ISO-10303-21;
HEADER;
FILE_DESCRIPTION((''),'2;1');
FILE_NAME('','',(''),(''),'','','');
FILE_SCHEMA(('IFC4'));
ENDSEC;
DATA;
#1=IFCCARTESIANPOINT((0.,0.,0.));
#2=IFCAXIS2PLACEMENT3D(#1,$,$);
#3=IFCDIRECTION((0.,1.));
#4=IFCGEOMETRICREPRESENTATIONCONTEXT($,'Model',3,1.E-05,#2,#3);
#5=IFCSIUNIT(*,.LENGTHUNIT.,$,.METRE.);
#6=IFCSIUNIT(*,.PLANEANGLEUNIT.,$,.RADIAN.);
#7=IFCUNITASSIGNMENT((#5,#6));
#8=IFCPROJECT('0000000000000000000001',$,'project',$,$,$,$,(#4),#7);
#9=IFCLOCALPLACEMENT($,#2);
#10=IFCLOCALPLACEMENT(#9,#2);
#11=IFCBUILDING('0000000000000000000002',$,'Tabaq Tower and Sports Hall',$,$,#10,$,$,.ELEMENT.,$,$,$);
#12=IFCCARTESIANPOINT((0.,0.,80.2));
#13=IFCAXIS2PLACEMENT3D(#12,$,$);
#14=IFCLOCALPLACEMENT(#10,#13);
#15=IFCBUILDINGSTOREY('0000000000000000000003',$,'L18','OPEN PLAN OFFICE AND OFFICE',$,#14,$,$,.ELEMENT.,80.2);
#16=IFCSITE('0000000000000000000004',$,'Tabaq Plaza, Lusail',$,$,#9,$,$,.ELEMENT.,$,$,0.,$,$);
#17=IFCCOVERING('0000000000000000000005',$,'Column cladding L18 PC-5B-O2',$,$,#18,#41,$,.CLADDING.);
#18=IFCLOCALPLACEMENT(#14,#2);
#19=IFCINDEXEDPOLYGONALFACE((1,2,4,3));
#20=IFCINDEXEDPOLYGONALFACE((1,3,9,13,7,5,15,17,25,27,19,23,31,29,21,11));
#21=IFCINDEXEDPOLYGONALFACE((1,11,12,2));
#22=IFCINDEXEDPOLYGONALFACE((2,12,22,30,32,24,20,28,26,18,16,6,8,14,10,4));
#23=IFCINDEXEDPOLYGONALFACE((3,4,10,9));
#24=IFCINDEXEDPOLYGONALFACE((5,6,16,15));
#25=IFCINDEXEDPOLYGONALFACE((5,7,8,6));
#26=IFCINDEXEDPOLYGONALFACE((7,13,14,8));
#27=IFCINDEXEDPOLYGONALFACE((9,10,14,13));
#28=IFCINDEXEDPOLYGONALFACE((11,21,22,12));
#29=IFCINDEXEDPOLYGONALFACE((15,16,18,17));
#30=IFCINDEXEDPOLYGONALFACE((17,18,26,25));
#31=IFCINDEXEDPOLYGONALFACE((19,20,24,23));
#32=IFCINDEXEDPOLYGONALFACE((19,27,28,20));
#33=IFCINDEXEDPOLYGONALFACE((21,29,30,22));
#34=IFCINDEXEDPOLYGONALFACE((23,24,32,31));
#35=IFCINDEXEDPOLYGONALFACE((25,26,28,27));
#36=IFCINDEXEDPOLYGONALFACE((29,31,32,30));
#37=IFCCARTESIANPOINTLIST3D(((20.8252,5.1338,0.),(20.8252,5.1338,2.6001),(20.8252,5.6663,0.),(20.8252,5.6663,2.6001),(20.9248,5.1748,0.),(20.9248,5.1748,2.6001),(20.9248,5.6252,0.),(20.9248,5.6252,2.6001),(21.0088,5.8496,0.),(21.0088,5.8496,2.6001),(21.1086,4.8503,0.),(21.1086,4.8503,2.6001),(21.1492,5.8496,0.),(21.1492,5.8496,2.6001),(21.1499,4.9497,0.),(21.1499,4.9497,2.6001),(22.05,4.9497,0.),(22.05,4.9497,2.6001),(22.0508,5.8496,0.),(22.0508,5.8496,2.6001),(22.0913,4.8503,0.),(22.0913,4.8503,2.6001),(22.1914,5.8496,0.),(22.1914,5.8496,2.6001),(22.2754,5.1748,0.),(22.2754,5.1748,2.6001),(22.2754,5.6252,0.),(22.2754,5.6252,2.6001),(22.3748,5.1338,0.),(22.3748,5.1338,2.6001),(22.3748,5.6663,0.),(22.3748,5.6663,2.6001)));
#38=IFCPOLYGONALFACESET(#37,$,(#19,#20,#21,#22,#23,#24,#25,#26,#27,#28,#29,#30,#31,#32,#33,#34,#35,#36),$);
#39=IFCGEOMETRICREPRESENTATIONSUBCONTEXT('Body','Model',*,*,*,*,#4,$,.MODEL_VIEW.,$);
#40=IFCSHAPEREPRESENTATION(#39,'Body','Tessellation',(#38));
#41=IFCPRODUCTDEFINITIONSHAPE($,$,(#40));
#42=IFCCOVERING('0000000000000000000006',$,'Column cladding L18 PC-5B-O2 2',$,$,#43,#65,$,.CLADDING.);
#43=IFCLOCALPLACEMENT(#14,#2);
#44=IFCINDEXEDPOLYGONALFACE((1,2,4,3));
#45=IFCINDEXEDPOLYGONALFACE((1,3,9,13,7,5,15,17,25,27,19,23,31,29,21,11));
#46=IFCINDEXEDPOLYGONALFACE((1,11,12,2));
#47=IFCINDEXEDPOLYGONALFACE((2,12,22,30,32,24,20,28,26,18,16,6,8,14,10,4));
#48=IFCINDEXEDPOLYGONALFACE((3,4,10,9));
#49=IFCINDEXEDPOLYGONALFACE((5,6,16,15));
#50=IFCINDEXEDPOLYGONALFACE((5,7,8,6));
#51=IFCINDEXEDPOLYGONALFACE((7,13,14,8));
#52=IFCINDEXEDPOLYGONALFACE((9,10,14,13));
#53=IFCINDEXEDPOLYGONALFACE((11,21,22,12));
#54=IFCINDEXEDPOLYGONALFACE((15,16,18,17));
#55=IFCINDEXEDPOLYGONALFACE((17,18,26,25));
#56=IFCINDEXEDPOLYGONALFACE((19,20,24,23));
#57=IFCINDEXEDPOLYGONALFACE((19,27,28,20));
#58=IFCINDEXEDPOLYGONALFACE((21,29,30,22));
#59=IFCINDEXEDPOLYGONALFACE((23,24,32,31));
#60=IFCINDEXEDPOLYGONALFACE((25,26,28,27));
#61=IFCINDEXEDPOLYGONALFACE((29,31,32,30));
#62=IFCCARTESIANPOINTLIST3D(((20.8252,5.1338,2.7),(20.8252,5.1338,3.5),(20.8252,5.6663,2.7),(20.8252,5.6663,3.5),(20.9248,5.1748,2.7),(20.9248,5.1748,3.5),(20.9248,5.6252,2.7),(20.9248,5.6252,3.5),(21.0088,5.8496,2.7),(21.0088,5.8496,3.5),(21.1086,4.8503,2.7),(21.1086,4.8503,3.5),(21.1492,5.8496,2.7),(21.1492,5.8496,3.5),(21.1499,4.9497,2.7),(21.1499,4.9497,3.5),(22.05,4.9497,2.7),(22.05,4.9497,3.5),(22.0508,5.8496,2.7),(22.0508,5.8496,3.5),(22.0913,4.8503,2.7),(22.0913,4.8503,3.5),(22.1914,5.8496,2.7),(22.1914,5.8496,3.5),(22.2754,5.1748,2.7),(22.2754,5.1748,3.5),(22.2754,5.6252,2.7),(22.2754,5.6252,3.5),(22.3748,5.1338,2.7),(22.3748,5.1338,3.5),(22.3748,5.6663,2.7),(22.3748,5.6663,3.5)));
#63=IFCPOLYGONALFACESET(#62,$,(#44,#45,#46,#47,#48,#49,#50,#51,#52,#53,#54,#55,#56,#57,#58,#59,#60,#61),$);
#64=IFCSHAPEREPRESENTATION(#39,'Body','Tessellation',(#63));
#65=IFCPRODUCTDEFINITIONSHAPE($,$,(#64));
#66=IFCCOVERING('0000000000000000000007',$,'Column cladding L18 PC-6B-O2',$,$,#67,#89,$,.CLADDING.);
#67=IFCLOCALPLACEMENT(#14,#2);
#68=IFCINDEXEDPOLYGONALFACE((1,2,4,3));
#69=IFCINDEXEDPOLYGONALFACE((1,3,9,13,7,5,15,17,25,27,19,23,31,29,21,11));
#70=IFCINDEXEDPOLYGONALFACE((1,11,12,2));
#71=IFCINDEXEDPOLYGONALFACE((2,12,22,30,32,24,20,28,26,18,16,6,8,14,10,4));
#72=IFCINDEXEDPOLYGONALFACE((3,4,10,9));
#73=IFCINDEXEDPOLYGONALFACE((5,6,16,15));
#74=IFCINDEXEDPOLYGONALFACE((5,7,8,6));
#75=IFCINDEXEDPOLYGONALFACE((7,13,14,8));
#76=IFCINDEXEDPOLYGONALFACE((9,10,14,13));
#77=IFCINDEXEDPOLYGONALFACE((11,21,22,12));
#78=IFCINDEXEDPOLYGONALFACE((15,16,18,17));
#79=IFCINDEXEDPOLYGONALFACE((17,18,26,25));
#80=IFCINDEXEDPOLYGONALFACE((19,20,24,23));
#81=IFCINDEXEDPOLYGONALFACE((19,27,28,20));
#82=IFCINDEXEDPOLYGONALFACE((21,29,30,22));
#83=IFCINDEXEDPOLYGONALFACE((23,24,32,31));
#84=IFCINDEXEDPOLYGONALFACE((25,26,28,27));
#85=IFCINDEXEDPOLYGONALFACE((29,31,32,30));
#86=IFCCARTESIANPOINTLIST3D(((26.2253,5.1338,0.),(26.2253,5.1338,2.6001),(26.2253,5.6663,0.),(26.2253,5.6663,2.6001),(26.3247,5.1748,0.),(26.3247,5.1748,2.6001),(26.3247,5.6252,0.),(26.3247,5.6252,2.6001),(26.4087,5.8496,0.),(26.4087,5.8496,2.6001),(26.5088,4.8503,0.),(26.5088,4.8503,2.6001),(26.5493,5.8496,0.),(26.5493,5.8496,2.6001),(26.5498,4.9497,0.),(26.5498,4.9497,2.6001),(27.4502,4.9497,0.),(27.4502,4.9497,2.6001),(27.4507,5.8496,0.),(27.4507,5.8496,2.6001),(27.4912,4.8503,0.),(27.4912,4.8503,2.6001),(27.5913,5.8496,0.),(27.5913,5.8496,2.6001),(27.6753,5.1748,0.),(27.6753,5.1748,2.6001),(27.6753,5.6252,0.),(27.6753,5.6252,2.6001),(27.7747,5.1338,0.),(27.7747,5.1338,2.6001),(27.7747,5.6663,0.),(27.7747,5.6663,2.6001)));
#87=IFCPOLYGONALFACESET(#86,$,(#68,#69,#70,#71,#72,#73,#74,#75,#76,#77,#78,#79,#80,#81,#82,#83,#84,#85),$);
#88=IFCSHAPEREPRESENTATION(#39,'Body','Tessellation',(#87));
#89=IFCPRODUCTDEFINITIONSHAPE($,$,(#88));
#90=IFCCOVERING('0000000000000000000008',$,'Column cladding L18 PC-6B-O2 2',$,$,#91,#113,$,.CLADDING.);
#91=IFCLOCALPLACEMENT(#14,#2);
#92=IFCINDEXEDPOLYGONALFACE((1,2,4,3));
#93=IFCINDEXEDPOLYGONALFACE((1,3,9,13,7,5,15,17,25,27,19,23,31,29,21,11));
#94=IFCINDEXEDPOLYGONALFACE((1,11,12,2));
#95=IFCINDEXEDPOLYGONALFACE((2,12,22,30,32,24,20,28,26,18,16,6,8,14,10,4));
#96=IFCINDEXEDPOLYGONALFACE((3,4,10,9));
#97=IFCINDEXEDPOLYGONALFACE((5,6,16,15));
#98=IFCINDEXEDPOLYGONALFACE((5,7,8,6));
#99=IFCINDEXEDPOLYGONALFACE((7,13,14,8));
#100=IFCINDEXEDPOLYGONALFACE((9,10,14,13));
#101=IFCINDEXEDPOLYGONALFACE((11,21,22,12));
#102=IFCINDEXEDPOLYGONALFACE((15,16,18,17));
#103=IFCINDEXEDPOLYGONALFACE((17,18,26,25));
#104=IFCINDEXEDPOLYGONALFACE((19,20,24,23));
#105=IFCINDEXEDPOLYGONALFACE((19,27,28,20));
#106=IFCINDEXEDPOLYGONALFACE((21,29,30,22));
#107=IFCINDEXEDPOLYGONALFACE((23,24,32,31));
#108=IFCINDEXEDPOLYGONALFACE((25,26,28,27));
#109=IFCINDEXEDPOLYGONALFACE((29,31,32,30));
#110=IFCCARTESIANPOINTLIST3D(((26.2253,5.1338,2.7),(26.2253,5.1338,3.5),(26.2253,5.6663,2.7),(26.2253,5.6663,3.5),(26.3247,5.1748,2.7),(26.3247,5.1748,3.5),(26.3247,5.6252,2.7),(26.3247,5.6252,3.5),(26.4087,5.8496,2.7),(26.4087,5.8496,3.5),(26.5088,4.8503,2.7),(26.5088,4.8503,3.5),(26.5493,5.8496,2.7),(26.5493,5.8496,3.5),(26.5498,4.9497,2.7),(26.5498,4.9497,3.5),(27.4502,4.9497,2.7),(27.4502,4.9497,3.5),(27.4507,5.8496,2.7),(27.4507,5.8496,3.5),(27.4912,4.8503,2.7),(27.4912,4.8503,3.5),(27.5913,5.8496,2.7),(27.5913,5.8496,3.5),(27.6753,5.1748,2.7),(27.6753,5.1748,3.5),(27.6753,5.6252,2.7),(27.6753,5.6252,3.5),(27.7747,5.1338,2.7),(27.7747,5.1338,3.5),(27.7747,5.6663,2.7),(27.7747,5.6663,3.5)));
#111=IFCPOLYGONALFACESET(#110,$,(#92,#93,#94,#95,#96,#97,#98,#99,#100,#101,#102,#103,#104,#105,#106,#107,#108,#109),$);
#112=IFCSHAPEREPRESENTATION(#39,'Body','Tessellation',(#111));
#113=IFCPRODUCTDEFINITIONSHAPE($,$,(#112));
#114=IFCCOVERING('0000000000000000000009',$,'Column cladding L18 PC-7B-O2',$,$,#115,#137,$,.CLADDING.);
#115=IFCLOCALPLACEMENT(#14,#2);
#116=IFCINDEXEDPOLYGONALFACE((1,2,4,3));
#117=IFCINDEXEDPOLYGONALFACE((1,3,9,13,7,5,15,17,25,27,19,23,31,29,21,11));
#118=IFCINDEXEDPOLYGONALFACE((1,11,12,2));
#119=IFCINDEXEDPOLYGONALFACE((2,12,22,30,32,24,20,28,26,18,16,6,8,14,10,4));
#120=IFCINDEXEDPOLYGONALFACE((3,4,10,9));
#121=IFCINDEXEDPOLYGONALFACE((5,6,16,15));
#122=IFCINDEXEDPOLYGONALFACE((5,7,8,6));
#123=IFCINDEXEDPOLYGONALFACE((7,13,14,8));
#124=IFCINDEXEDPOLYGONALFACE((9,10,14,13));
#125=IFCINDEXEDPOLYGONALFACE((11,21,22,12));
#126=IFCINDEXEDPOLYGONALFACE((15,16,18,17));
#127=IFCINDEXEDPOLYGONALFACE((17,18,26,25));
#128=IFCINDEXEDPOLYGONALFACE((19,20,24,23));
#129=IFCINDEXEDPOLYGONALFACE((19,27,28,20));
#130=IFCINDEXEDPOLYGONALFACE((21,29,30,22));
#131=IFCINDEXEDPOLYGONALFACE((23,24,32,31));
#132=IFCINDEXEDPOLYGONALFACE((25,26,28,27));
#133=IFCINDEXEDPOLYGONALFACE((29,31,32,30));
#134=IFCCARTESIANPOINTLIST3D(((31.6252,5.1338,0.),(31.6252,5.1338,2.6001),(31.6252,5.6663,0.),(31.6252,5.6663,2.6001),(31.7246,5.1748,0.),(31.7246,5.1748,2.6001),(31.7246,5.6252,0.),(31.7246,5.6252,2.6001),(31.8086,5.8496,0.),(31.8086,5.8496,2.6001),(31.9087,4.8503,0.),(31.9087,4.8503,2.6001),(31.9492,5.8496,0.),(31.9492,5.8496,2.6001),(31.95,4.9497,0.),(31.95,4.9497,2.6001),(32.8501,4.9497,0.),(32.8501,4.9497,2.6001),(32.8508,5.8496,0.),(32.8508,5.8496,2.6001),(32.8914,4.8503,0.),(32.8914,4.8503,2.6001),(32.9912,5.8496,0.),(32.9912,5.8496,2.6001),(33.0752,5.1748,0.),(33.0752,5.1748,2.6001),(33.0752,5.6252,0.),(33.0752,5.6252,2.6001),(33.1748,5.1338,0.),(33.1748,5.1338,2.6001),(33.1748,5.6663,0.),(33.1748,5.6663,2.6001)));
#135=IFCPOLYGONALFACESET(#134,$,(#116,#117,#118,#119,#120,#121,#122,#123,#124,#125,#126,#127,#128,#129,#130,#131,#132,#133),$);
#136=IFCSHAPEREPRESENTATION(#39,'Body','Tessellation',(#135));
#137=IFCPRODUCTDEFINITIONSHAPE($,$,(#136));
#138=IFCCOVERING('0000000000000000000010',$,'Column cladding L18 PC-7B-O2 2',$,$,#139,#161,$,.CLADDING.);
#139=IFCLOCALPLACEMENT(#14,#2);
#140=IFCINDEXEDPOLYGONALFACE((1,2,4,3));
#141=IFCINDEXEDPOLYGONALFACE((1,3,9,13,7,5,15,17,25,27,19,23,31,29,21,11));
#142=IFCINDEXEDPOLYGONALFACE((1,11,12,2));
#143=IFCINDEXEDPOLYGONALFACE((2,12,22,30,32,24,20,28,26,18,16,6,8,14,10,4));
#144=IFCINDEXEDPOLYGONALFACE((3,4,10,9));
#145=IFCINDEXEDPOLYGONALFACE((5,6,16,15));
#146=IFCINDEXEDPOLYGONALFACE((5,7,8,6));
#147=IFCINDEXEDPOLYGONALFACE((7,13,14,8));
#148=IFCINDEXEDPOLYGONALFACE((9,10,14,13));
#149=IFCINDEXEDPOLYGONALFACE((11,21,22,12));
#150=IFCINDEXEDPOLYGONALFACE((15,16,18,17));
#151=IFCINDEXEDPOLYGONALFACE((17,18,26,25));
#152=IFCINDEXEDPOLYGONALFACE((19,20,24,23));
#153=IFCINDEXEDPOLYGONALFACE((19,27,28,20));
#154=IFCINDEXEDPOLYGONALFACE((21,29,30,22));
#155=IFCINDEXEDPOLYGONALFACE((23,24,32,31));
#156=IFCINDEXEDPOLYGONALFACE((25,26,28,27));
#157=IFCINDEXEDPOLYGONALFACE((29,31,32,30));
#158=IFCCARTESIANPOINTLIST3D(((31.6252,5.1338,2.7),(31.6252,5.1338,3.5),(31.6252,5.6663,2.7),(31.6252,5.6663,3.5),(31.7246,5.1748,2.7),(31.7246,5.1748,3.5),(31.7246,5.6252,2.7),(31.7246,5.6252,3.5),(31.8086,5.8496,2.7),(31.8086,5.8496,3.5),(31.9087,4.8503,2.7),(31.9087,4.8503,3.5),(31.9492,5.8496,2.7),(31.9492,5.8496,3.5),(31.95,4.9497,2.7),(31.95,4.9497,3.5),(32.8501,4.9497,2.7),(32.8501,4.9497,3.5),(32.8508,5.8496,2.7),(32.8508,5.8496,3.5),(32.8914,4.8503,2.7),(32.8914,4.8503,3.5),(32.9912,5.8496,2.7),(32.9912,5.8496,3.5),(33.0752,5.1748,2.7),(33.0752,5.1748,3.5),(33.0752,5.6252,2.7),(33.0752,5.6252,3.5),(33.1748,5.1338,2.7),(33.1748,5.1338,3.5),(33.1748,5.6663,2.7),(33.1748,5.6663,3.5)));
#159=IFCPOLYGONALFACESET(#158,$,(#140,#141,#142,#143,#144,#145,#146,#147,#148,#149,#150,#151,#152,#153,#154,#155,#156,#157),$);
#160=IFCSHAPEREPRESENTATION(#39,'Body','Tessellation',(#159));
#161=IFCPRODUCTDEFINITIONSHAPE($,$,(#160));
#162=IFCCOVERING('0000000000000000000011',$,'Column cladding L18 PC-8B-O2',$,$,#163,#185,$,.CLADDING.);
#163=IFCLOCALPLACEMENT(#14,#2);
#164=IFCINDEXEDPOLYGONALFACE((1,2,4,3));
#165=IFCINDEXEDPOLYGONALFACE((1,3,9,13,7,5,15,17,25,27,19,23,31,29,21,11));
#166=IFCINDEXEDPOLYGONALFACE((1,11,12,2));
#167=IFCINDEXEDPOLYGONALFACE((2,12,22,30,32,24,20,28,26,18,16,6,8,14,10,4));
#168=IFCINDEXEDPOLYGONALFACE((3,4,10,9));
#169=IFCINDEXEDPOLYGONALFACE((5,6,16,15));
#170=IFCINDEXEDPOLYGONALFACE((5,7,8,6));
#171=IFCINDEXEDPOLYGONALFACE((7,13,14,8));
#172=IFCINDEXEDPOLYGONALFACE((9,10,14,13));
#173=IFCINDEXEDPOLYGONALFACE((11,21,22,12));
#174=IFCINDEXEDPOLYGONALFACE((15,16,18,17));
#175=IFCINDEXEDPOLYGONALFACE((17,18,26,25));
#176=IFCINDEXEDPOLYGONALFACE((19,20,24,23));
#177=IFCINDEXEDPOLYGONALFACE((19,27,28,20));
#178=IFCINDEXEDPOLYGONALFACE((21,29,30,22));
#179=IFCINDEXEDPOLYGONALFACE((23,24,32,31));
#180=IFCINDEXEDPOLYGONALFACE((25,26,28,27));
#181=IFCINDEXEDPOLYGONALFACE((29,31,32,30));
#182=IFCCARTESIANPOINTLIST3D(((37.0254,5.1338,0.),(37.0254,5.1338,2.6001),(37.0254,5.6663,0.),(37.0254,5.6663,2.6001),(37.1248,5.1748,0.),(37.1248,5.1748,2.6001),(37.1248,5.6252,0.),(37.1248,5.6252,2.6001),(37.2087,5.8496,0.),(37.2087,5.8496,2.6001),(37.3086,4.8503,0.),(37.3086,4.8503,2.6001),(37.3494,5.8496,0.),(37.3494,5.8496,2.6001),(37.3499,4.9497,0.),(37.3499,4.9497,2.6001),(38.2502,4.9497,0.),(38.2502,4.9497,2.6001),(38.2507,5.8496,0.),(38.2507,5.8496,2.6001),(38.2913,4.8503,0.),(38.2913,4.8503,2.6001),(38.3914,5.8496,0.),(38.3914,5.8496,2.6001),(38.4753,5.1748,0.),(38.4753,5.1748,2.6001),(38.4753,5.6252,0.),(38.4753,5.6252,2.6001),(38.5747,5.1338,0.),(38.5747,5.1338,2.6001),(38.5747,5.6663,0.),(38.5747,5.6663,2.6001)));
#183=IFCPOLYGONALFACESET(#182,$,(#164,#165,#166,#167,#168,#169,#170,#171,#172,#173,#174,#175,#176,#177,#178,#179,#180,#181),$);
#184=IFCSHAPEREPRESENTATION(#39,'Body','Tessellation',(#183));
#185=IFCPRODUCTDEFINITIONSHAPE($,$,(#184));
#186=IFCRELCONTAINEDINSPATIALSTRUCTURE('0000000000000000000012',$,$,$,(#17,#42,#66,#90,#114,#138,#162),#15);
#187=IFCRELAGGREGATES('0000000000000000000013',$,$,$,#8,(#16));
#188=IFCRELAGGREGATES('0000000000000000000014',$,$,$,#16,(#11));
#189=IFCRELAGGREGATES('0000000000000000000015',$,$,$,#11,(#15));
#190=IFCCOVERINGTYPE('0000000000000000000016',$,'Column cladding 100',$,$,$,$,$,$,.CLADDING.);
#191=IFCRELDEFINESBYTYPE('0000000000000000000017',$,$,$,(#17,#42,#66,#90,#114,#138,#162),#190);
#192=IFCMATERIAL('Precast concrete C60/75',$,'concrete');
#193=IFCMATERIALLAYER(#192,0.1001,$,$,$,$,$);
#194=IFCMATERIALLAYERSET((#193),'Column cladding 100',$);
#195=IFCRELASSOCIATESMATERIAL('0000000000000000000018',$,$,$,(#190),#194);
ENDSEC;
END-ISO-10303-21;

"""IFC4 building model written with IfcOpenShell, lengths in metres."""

from ifc_helpers import new_model, si_unit, direction, frame, origin, place, context, subcontext, project, spatial, polyline, outline, extrude, material, layer, layer_set, type_object, element, save


model = new_model("IFC4")

# Units and contexts
model_context = context("Model", 3, precision=1e-05, world=origin(), true_north=direction((0.0, 1.0)))
body_context = subcontext(model_context, "Body", "Model", "MODEL_VIEW")
ifc_project = project(units=[si_unit("LENGTHUNIT", "METRE"), si_unit("PLANEANGLEUNIT", "RADIAN")], contexts=[model_context])

# Site, building, storey
site_placement = place(None, origin())
site = spatial("IfcSite", under=ifc_project, at=site_placement, Name="Tabaq Plaza, Lusail", CompositionType="ELEMENT", RefElevation=0.0)
building_placement = place(site_placement, origin())
building = spatial("IfcBuilding", under=site, at=building_placement, Name="Tabaq Tower and Sports Hall", CompositionType="ELEMENT")
storey_placement = place(building_placement, frame((0.0, 0.0, 80.2)))
storey = spatial("IfcBuildingStorey", under=building, at=storey_placement, Name="L18", Description="OPEN PLAN OFFICE AND OFFICE", CompositionType="ELEMENT", Elevation=80.2)

# Coverings
ifc_material_1 = material(Name="Precast concrete C60/75", Category="concrete")
ifc_layer_1 = layer(ifc_material_1, 0.1001)
ifc_layer_set_1 = layer_set([ifc_layer_1], Name="Column cladding 100")
covering_type = type_object("IfcCoveringType", Name="Column cladding 100", PredefinedType="CLADDING", material=ifc_layer_set_1)
covering_1_placement = place(storey_placement, origin())
element("IfcCovering", 1, at=covering_1_placement, inside=storey, type_object=covering_type, Name="Column cladding L18 PC-5B-O2", PredefinedType="CLADDING", context=body_context, shape_type="SweptSolid", body=[
    extrude(outline(polyline([(20.8252, 5.6663), (21.0088, 5.8496), (21.1492, 5.8496), (20.9248, 5.6252), (20.9248, 5.1748), (21.1499, 4.9497), (22.05, 4.9497), (22.2754, 5.1748), (22.2754, 5.6252), (22.0508, 5.8496), (22.1914, 5.8496), (22.3748, 5.6663), (22.3748, 5.1338), (22.0913, 4.8503), (21.1086, 4.8503), (20.8252, 5.1338), (20.8252, 5.6663)])), origin(), (0.0, 0.0, 1.0), 2.6001),
])
covering_2_placement = place(storey_placement, frame((0.0, 0.0, 2.7)))
element("IfcCovering", 2, at=covering_2_placement, inside=storey, type_object=covering_type, Name="Column cladding L18 PC-5B-O2 2", PredefinedType="CLADDING", context=body_context, shape_type="SweptSolid", body=[
    extrude(outline(polyline([(20.8252, 5.6663), (21.0088, 5.8496), (21.1492, 5.8496), (20.9248, 5.6252), (20.9248, 5.1748), (21.1499, 4.9497), (22.05, 4.9497), (22.2754, 5.1748), (22.2754, 5.6252), (22.0508, 5.8496), (22.1914, 5.8496), (22.3748, 5.6663), (22.3748, 5.1338), (22.0913, 4.8503), (21.1086, 4.8503), (20.8252, 5.1338), (20.8252, 5.6663)])), origin(), (0.0, 0.0, 1.0), 0.8),
])
covering_3_placement = place(storey_placement, origin())
element("IfcCovering", 3, at=covering_3_placement, inside=storey, type_object=covering_type, Name="Column cladding L18 PC-6B-O2", PredefinedType="CLADDING", context=body_context, shape_type="SweptSolid", body=[
    extrude(outline(polyline([(26.2253, 5.6663), (26.4087, 5.8496), (26.5493, 5.8496), (26.3247, 5.6252), (26.3247, 5.1748), (26.5498, 4.9497), (27.4502, 4.9497), (27.6753, 5.1748), (27.6753, 5.6252), (27.4507, 5.8496), (27.5913, 5.8496), (27.7747, 5.6663), (27.7747, 5.1338), (27.4912, 4.8503), (26.5088, 4.8503), (26.2253, 5.1338), (26.2253, 5.6663)])), origin(), (0.0, 0.0, 1.0), 2.6001),
])
covering_4_placement = place(storey_placement, frame((0.0, 0.0, 2.7)))
element("IfcCovering", 4, at=covering_4_placement, inside=storey, type_object=covering_type, Name="Column cladding L18 PC-6B-O2 2", PredefinedType="CLADDING", context=body_context, shape_type="SweptSolid", body=[
    extrude(outline(polyline([(26.2253, 5.6663), (26.4087, 5.8496), (26.5493, 5.8496), (26.3247, 5.6252), (26.3247, 5.1748), (26.5498, 4.9497), (27.4502, 4.9497), (27.6753, 5.1748), (27.6753, 5.6252), (27.4507, 5.8496), (27.5913, 5.8496), (27.7747, 5.6663), (27.7747, 5.1338), (27.4912, 4.8503), (26.5088, 4.8503), (26.2253, 5.1338), (26.2253, 5.6663)])), origin(), (0.0, 0.0, 1.0), 0.8),
])
covering_5_placement = place(storey_placement, origin())
element("IfcCovering", 5, at=covering_5_placement, inside=storey, type_object=covering_type, Name="Column cladding L18 PC-7B-O2", PredefinedType="CLADDING", context=body_context, shape_type="SweptSolid", body=[
    extrude(outline(polyline([(31.6252, 5.6663), (31.8086, 5.8496), (31.9492, 5.8496), (31.7246, 5.6252), (31.7246, 5.1748), (31.95, 4.9497), (32.8501, 4.9497), (33.0752, 5.1748), (33.0752, 5.6252), (32.8508, 5.8496), (32.9912, 5.8496), (33.1748, 5.6663), (33.1748, 5.1338), (32.8914, 4.8503), (31.9087, 4.8503), (31.6252, 5.1338), (31.6252, 5.6663)])), origin(), (0.0, 0.0, 1.0), 2.6001),
])
covering_6_placement = place(storey_placement, frame((0.0, 0.0, 2.7)))
element("IfcCovering", 6, at=covering_6_placement, inside=storey, type_object=covering_type, Name="Column cladding L18 PC-7B-O2 2", PredefinedType="CLADDING", context=body_context, shape_type="SweptSolid", body=[
    extrude(outline(polyline([(31.6252, 5.6663), (31.8086, 5.8496), (31.9492, 5.8496), (31.7246, 5.6252), (31.7246, 5.1748), (31.95, 4.9497), (32.8501, 4.9497), (33.0752, 5.1748), (33.0752, 5.6252), (32.8508, 5.8496), (32.9912, 5.8496), (33.1748, 5.6663), (33.1748, 5.1338), (32.8914, 4.8503), (31.9087, 4.8503), (31.6252, 5.1338), (31.6252, 5.6663)])), origin(), (0.0, 0.0, 1.0), 0.8),
])
covering_7_placement = place(storey_placement, origin())
element("IfcCovering", 7, at=covering_7_placement, inside=storey, type_object=covering_type, Name="Column cladding L18 PC-8B-O2", PredefinedType="CLADDING", context=body_context, shape_type="SweptSolid", body=[
    extrude(outline(polyline([(37.0254, 5.6663), (37.2087, 5.8496), (37.3494, 5.8496), (37.1248, 5.6252), (37.1248, 5.1748), (37.3499, 4.9497), (38.2502, 4.9497), (38.4753, 5.1748), (38.4753, 5.6252), (38.2507, 5.8496), (38.3914, 5.8496), (38.5747, 5.6663), (38.5747, 5.1338), (38.2913, 4.8503), (37.3086, 4.8503), (37.0254, 5.1338), (37.0254, 5.6663)])), origin(), (0.0, 0.0, 1.0), 2.6001),
])

save(model, "model.ifc")
